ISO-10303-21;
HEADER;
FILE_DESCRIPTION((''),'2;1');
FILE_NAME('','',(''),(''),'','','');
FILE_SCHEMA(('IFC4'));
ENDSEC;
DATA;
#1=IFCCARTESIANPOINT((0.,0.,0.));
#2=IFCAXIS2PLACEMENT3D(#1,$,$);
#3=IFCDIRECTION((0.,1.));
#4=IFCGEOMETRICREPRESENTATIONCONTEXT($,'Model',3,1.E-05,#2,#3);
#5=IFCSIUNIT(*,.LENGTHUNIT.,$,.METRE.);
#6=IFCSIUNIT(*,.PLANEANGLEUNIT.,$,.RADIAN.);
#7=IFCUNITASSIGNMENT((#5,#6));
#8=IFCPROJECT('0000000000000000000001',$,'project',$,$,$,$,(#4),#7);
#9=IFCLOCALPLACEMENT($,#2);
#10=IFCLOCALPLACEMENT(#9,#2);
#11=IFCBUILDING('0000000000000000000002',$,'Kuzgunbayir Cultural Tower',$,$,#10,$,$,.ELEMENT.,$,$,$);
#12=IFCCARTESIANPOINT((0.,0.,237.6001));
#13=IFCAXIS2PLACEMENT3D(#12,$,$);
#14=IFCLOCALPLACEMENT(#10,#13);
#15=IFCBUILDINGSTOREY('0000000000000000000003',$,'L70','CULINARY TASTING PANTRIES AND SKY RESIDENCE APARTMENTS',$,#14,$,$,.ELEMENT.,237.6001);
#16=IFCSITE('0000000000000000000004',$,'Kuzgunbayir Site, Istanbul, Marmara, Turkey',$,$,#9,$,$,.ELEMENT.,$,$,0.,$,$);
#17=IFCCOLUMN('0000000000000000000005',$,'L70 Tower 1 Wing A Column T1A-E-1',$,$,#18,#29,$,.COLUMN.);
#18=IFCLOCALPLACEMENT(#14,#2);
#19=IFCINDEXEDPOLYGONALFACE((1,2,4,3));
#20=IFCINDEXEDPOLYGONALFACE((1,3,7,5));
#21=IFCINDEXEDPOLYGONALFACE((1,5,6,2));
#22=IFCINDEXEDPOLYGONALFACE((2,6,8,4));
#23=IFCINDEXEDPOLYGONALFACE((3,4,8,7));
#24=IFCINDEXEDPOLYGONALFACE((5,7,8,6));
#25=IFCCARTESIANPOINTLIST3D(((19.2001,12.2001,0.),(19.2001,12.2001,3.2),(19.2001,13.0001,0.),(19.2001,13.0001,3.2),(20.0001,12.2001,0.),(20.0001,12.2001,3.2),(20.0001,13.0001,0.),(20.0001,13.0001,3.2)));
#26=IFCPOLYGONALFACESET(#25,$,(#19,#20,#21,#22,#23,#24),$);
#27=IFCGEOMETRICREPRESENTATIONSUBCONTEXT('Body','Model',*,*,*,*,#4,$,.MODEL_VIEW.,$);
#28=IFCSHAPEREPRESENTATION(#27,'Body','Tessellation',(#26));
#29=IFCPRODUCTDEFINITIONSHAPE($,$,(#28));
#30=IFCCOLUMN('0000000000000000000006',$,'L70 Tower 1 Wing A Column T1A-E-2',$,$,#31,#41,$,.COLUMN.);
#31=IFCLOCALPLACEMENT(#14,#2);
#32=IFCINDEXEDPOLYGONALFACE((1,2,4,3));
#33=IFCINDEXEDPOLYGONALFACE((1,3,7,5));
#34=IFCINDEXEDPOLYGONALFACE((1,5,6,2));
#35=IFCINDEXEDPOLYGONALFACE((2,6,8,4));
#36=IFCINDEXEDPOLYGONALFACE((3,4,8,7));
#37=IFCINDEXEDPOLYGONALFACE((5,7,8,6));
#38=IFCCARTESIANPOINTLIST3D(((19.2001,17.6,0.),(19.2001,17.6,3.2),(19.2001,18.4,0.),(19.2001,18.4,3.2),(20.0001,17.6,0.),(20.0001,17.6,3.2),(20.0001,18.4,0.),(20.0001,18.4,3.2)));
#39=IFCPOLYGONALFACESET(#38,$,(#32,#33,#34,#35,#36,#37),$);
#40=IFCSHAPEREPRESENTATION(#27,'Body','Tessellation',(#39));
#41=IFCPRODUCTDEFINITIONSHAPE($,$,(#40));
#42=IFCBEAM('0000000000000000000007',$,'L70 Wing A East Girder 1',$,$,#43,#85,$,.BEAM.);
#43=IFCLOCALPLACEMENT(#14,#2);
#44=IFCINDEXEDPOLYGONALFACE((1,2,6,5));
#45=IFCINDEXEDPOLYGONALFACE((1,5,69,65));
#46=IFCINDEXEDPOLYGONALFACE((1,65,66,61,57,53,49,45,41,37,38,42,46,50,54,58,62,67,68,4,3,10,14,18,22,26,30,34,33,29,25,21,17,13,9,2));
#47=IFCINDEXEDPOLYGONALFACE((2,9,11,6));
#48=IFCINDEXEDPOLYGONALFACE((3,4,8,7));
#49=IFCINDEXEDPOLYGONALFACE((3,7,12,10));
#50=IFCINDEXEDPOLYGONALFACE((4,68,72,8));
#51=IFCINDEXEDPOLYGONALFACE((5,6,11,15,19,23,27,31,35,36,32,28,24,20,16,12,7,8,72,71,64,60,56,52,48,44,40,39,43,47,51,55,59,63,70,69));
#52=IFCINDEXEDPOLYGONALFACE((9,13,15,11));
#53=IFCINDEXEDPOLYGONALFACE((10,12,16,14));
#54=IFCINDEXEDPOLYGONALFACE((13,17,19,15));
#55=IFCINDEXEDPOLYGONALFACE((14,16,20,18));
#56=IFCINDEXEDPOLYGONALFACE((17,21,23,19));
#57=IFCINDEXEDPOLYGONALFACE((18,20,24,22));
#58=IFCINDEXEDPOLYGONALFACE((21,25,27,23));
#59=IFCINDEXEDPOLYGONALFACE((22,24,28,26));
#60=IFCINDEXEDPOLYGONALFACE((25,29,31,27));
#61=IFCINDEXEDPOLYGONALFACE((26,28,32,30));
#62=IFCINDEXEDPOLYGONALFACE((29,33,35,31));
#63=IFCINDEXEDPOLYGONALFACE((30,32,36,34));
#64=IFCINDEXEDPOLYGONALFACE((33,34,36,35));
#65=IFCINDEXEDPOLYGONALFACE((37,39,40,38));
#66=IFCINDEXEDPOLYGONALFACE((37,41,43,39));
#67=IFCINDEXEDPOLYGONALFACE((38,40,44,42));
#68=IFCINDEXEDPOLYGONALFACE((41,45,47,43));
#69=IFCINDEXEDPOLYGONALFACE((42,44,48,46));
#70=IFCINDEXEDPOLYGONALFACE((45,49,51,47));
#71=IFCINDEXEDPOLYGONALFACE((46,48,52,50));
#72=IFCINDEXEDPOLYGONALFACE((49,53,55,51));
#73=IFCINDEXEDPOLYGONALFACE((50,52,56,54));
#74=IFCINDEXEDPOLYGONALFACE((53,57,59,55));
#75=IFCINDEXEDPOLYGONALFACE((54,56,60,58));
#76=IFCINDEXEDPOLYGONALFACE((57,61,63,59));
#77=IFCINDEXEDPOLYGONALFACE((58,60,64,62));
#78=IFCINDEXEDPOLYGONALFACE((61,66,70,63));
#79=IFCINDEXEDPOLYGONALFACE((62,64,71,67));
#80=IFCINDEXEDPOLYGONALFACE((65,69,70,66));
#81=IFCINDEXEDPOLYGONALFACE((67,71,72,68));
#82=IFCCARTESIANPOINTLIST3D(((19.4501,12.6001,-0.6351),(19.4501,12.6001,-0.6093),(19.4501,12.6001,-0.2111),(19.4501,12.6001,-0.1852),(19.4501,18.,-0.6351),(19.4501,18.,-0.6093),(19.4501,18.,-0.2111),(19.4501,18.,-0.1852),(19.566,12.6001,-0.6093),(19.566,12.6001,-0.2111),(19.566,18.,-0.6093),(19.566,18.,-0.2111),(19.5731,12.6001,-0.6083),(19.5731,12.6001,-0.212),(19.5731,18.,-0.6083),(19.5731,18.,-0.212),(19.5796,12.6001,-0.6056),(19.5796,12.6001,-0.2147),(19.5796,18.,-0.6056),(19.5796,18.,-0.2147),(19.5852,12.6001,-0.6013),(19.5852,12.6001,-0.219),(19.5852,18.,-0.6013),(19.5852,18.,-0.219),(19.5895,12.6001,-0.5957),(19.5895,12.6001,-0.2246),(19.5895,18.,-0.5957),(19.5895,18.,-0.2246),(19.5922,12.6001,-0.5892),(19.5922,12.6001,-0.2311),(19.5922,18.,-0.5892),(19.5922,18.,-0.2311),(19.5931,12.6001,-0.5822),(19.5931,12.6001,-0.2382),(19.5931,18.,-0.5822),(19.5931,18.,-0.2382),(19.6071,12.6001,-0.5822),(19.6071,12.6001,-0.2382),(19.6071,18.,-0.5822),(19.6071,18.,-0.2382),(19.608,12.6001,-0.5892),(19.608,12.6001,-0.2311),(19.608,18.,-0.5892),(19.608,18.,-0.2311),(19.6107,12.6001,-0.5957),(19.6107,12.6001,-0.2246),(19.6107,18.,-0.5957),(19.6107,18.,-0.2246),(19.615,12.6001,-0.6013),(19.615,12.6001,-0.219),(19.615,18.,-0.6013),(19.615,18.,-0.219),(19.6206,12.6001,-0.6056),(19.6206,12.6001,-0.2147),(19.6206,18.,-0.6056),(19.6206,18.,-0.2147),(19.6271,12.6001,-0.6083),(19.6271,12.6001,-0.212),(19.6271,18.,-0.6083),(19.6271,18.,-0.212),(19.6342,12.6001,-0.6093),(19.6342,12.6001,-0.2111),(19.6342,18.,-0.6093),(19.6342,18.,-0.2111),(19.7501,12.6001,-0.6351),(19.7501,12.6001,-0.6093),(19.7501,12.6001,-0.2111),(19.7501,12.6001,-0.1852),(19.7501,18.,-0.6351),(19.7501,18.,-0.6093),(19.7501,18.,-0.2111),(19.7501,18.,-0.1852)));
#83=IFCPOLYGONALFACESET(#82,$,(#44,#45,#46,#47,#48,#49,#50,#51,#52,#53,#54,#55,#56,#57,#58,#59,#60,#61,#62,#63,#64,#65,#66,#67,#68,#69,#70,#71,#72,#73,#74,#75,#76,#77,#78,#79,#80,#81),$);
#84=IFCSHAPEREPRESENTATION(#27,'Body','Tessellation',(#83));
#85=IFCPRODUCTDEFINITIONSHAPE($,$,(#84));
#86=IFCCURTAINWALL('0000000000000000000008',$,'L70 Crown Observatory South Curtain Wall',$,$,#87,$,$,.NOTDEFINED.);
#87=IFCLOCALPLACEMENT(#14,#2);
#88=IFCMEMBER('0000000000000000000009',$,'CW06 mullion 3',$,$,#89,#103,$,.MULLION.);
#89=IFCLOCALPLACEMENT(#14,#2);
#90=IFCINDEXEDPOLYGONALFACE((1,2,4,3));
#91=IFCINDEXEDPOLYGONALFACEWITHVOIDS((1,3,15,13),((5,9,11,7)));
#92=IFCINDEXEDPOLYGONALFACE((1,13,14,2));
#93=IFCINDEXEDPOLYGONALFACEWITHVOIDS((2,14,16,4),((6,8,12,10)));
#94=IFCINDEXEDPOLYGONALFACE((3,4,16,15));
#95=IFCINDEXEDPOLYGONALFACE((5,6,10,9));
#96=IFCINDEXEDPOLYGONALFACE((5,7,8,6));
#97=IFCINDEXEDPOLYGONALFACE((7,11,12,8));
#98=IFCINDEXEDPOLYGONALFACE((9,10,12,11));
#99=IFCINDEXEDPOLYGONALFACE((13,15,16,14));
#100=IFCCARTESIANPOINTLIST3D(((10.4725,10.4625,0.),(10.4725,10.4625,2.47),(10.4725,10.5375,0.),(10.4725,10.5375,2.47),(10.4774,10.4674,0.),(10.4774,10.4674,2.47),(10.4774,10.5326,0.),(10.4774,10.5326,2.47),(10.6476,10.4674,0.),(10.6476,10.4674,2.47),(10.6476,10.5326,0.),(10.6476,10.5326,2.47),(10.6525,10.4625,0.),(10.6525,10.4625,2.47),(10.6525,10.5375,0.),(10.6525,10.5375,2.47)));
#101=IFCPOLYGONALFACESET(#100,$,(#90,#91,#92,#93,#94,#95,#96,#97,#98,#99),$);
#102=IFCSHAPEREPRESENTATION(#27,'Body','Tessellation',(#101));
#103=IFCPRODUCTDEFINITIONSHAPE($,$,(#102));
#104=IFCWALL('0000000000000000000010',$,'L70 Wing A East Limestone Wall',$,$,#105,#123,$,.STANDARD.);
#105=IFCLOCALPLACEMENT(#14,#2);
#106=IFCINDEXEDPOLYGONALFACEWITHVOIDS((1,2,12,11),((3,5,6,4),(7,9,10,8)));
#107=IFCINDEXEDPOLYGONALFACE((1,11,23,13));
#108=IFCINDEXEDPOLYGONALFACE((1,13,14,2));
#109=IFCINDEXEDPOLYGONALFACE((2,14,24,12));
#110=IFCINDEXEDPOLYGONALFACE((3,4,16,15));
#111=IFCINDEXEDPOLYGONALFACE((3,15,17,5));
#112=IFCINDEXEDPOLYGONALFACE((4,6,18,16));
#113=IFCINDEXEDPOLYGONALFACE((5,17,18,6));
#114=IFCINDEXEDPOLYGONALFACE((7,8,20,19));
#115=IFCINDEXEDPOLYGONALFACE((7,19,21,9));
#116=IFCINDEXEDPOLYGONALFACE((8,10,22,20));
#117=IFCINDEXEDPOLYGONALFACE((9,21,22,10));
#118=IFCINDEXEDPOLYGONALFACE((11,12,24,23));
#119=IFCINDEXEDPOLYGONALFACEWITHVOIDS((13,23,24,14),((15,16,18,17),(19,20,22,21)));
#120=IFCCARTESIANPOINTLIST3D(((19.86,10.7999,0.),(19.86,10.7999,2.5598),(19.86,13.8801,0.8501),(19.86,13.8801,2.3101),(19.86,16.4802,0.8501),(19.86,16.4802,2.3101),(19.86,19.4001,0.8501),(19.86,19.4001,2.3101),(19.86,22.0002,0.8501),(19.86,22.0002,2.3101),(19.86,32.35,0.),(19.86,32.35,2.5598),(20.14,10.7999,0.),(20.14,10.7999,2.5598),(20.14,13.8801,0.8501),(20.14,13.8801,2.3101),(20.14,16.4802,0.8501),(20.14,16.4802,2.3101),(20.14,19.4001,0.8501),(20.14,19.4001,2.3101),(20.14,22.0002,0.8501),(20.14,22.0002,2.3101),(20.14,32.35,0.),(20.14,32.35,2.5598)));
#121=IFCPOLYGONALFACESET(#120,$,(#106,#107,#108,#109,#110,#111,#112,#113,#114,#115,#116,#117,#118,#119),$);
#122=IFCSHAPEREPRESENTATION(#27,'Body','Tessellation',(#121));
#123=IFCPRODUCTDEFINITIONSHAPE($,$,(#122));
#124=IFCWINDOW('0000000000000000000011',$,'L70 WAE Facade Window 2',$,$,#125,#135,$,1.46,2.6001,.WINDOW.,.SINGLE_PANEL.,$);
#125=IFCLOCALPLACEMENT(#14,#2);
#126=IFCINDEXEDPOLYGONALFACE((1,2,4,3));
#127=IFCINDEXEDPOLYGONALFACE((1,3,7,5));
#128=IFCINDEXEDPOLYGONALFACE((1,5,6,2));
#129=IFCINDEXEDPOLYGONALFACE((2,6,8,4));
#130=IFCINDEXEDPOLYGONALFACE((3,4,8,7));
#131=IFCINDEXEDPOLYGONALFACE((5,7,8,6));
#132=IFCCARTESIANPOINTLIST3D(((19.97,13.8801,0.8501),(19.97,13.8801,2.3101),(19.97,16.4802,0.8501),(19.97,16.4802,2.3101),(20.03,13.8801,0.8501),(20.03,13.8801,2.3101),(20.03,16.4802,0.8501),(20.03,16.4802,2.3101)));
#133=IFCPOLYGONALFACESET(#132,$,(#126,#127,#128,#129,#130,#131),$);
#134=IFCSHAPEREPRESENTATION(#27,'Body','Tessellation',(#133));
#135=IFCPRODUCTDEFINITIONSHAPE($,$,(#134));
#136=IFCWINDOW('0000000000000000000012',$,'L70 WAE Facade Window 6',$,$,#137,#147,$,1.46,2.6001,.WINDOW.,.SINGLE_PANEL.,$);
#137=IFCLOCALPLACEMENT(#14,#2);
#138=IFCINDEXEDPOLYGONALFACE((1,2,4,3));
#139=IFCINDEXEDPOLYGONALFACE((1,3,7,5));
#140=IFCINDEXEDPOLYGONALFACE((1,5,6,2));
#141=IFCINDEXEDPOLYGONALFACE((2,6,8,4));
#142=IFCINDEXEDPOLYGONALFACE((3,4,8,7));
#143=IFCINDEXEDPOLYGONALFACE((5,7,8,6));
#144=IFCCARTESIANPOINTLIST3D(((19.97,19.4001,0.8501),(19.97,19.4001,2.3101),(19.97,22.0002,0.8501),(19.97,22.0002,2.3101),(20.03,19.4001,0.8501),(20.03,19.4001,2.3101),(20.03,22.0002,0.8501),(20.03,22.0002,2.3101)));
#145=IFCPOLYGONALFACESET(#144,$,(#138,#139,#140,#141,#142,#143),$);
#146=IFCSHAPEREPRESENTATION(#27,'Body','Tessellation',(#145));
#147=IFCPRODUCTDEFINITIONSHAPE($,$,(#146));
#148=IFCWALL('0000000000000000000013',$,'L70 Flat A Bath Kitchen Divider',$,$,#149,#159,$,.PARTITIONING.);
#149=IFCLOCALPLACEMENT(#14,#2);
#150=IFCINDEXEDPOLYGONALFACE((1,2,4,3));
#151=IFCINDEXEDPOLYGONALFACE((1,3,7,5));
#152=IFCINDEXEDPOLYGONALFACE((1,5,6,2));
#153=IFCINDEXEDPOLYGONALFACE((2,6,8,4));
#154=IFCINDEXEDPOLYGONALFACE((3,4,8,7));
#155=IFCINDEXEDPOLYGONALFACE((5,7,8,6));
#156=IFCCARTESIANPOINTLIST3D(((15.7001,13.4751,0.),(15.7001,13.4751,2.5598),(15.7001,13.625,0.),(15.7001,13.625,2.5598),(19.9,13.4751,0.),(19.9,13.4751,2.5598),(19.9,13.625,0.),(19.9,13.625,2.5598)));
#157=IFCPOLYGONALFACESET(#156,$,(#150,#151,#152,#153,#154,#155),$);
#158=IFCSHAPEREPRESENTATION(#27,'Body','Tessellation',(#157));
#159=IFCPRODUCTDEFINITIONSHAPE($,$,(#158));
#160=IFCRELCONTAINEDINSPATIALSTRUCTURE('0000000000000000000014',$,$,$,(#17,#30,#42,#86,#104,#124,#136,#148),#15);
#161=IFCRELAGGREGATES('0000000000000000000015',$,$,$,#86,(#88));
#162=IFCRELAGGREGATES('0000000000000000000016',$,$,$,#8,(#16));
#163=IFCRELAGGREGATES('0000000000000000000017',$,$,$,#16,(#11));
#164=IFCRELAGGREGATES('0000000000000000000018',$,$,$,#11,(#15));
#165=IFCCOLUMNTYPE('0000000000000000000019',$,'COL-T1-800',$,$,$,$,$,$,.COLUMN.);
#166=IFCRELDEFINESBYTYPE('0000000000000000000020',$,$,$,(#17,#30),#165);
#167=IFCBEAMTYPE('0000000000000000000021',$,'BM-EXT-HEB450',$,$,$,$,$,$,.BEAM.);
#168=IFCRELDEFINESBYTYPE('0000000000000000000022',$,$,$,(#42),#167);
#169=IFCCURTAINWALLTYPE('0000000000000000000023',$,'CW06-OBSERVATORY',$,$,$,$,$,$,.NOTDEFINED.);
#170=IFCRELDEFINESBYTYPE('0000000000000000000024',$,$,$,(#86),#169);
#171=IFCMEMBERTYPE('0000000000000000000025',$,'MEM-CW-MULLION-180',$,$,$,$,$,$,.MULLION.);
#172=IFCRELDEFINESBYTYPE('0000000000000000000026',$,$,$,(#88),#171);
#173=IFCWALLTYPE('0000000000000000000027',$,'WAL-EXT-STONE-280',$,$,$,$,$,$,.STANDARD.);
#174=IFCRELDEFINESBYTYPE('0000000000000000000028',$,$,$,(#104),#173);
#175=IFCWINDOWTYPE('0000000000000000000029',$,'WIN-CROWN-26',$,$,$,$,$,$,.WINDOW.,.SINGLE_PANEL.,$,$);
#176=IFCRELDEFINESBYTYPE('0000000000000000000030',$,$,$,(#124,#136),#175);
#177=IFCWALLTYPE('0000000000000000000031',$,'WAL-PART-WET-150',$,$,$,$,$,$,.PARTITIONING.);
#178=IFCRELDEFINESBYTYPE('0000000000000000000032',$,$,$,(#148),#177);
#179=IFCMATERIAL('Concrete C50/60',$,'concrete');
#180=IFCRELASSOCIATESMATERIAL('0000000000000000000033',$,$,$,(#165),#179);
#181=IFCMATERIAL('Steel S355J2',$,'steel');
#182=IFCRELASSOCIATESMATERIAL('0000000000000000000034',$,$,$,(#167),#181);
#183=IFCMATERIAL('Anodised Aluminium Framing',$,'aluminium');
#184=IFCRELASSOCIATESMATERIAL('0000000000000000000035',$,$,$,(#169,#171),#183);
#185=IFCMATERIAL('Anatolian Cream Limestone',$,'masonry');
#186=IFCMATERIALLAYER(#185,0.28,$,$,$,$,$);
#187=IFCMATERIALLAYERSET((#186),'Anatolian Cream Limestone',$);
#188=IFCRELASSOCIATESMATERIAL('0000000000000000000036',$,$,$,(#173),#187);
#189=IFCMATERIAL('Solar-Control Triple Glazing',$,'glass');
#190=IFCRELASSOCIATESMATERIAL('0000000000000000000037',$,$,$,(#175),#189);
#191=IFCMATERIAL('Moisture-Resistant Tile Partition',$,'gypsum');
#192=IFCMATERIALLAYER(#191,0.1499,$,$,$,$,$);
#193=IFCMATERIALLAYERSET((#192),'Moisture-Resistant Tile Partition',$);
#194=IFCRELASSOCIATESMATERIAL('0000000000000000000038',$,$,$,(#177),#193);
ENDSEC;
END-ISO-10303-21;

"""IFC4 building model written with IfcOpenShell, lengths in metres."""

from ifc_helpers import new_model, si_unit, direction, frame, frame_2d, origin, origin_2d, place, context, subcontext, project, spatial, rectangle, hollow_rectangle, i_section, extrude, material, layer, layer_set, material_profile, profile_set, type_object, element, fill, aggregate, save


model = new_model("IFC4")

# Units and contexts
model_context = context("Model", 3, precision=1e-05, world=origin(), true_north=direction((0.0, 1.0)))
body_context = subcontext(model_context, "Body", "Model", "MODEL_VIEW")
ifc_project = project(units=[si_unit("LENGTHUNIT", "METRE"), si_unit("PLANEANGLEUNIT", "RADIAN")], contexts=[model_context])

# Site, building, storey
site_placement = place(None, origin())
site = spatial("IfcSite", under=ifc_project, at=site_placement, Name="Kuzgunbayir Site, Istanbul, Marmara, Turkey", CompositionType="ELEMENT", RefElevation=0.0)
building_placement = place(site_placement, origin())
building = spatial("IfcBuilding", under=site, at=building_placement, Name="Kuzgunbayir Cultural Tower", CompositionType="ELEMENT")
storey_placement = place(building_placement, frame((0.0, 0.0, 237.6001)))
storey = spatial("IfcBuildingStorey", under=building, at=storey_placement, Name="L70", Description="CULINARY TASTING PANTRIES AND SKY RESIDENCE APARTMENTS", CompositionType="ELEMENT", Elevation=237.6001)

# Columns
ifc_material_1 = material(Name="Concrete C50/60", Category="concrete")
ifc_material_profile_1 = material_profile(ifc_material_1, rectangle(XDim=0.8, YDim=0.8, at=origin_2d()), Name="RC 800x800")
ifc_profile_set_1 = profile_set([ifc_material_profile_1], Name="Concrete C50/60")
column_type = type_object("IfcColumnType", Name="COL-T1-800", PredefinedType="COLUMN", material=ifc_profile_set_1)
for number, where, z_axis, x_axis, name in (
    (1, (19.6001, 12.6001, 0.0), (0.0, 0.0, 1.0), (1.0, 0.0, 0.0), "L70 Tower 1 Wing A Column T1A-E-1"),
    (2, (19.6001, 18.0, 0.0), (0.0, 0.0, 1.0), (1.0, 0.0, 0.0), "L70 Tower 1 Wing A Column T1A-E-2"),
):
    element("IfcColumn", number, at=place(storey_placement, frame(where, z_axis=z_axis, x_axis=x_axis)), inside=storey, type_object=column_type, Name=name, PredefinedType="COLUMN", context=body_context, shape_type="SweptSolid", body=[
        extrude(rectangle(XDim=0.8, YDim=0.8, at=origin_2d()), origin(), (0.0, 0.0, 1.0), 3.2),
    ])

# Beam
ifc_material_2 = material(Name="Steel S355J2", Category="steel")
ifc_material_profile_2 = material_profile(ifc_material_2, i_section(OverallWidth=0.3, OverallDepth=0.45, WebThickness=0.0139, FlangeThickness=0.0259, FilletRadius=0.0271, at=origin_2d()), Name="HEB 450")
ifc_profile_set_2 = profile_set([ifc_material_profile_2], Name="Steel S355J2")
beam_type = type_object("IfcBeamType", Name="BM-EXT-HEB450", PredefinedType="BEAM", material=ifc_profile_set_2)
beam_placement = place(storey_placement, frame((19.6001, 12.6001, -0.4102), z_axis=(0.0, 1.0, 0.0), x_axis=(-1.0, 0.0, 0.0)))
element("IfcBeam", 3, at=beam_placement, inside=storey, type_object=beam_type, Name="L70 Wing A East Girder 1", PredefinedType="BEAM", context=body_context, shape_type="SweptSolid", body=[
    extrude(i_section(OverallWidth=0.3, OverallDepth=0.45, WebThickness=0.0139, FlangeThickness=0.0259, FilletRadius=0.0271, at=origin_2d()), origin(), (0.0, 0.0, 1.0), 5.3999),
])

# Curtain wall, member
ifc_material_3 = material(Name="Anodised Aluminium Framing", Category="aluminium")
curtain_wall_type = type_object("IfcCurtainWallType", Name="CW06-OBSERVATORY", PredefinedType="NOTDEFINED", material=ifc_material_3)
curtain_wall_placement = place(storey_placement, origin())
curtain_wall = element("IfcCurtainWall", 4, at=curtain_wall_placement, inside=storey, type_object=curtain_wall_type, Name="L70 Crown Observatory South Curtain Wall", PredefinedType="NOTDEFINED")
ifc_material_profile_3 = material_profile(ifc_material_3, hollow_rectangle(XDim=0.075, YDim=0.1799, WallThickness=0.0049, at=origin_2d()), Name="RHS 180x75x5")
ifc_profile_set_3 = profile_set([ifc_material_profile_3], Name="Anodised Aluminium Framing")
member_type = type_object("IfcMemberType", Name="MEM-CW-MULLION-180", PredefinedType="MULLION", material=ifc_profile_set_3)
member_placement = place(storey_placement, frame((10.5625, 10.5, 0.0), z_axis=(0.0, 0.0, 1.0), x_axis=(0.0, 1.0, 0.0)))
member = element("IfcMember", 5, at=member_placement, type_object=member_type, Name="CW06 mullion 3", PredefinedType="MULLION", context=body_context, shape_type="SweptSolid", body=[
    extrude(hollow_rectangle(XDim=0.075, YDim=0.1799, WallThickness=0.0049, at=origin_2d()), origin(), (0.0, 0.0, 1.0), 2.47),
])
aggregate(curtain_wall, [member])

# Wall, openings, windows
ifc_material_4 = material(Name="Anatolian Cream Limestone", Category="masonry")
ifc_layer_1 = layer(ifc_material_4, 0.28)
ifc_layer_set_1 = layer_set([ifc_layer_1], Name="Anatolian Cream Limestone")
wall_type_1 = type_object("IfcWallType", Name="WAL-EXT-STONE-280", PredefinedType="STANDARD", material=ifc_layer_set_1)
wall_1_placement = place(storey_placement, frame((20.0, 10.8, 0.0), z_axis=(0.0, 0.0, 1.0), x_axis=(0.0, 1.0, 0.0)))
wall_1 = element("IfcWall", 6, at=wall_1_placement, inside=storey, type_object=wall_type_1, Name="L70 Wing A East Limestone Wall", PredefinedType="STANDARD", context=body_context, shape_type="SweptSolid", body=[
    extrude(rectangle(XDim=21.55, YDim=0.28, at=frame_2d((10.7749, 0.0))), origin(), (0.0, 0.0, 1.0), 2.5598),
])
opening_1_placement = place(wall_1_placement, frame((3.0801, 0.0, 0.8501)))
opening_1 = element("IfcOpeningElement", 7, at=opening_1_placement, cuts=wall_1, PredefinedType="OPENING", context=body_context, shape_type="SweptSolid", body=[
    extrude(rectangle(XDim=2.6001, YDim=1.46, at=frame_2d((1.3, 0.73))), frame((0.0, 0.1499, 0.0), z_axis=(0.0, -1.0, 0.0), x_axis=(1.0, 0.0, 0.0)), (0.0, 0.0, 1.0), 0.3),
])
opening_2_placement = place(wall_1_placement, frame((8.6001, 0.0, 0.8501)))
opening_2 = element("IfcOpeningElement", 8, at=opening_2_placement, cuts=wall_1, PredefinedType="OPENING", context=body_context, shape_type="SweptSolid", body=[
    extrude(rectangle(XDim=2.6001, YDim=1.46, at=frame_2d((1.3, 0.73))), frame((0.0, 0.1499, 0.0), z_axis=(0.0, -1.0, 0.0), x_axis=(1.0, 0.0, 0.0)), (0.0, 0.0, 1.0), 0.3),
])
ifc_material_5 = material(Name="Solar-Control Triple Glazing", Category="glass")
window_type = type_object("IfcWindowType", Name="WIN-CROWN-26", PartitioningType="SINGLE_PANEL", PredefinedType="WINDOW", material=ifc_material_5)
window_1_placement = place(opening_1_placement, origin())
window_1 = element("IfcWindow", 9, at=window_1_placement, inside=storey, type_object=window_type, Name="L70 WAE Facade Window 2", OverallHeight=1.46, OverallWidth=2.6001, PartitioningType="SINGLE_PANEL", PredefinedType="WINDOW", context=body_context, shape_type="SweptSolid", body=[
    extrude(rectangle(XDim=2.6001, YDim=1.46, at=frame_2d((1.3, 0.73))), frame((0.0, 0.03, 0.0), z_axis=(0.0, -1.0, 0.0), x_axis=(1.0, 0.0, 0.0)), (0.0, 0.0, 1.0), 0.0601),
])
fill(opening_1, window_1)
window_2_placement = place(opening_2_placement, origin())
window_2 = element("IfcWindow", 10, at=window_2_placement, inside=storey, type_object=window_type, Name="L70 WAE Facade Window 6", OverallHeight=1.46, OverallWidth=2.6001, PartitioningType="SINGLE_PANEL", PredefinedType="WINDOW", context=body_context, shape_type="SweptSolid", body=[
    extrude(rectangle(XDim=2.6001, YDim=1.46, at=frame_2d((1.3, 0.73))), frame((0.0, 0.03, 0.0), z_axis=(0.0, -1.0, 0.0), x_axis=(1.0, 0.0, 0.0)), (0.0, 0.0, 1.0), 0.0601),
])
fill(opening_2, window_2)

# Shared definitions
ifc_material_6 = material(Name="Moisture-Resistant Tile Partition", Category="gypsum")
ifc_layer_2 = layer(ifc_material_6, 0.1499)
ifc_layer_set_2 = layer_set([ifc_layer_2], Name="Moisture-Resistant Tile Partition")
wall_type_2 = type_object("IfcWallType", Name="WAL-PART-WET-150", PredefinedType="PARTITIONING", material=ifc_layer_set_2)

# Wall
wall_2_placement = place(storey_placement, frame((15.7, 13.55, 0.0), z_axis=(0.0, 0.0, 1.0), x_axis=(1.0, 0.0, 0.0)))
element("IfcWall", 11, at=wall_2_placement, inside=storey, type_object=wall_type_2, Name="L70 Flat A Bath Kitchen Divider", PredefinedType="PARTITIONING", context=body_context, shape_type="SweptSolid", body=[
    extrude(rectangle(XDim=4.2, YDim=0.1499, at=frame_2d((2.1001, 0.0))), origin(), (0.0, 0.0, 1.0), 2.5598),
])

save(model, "model.ifc")
